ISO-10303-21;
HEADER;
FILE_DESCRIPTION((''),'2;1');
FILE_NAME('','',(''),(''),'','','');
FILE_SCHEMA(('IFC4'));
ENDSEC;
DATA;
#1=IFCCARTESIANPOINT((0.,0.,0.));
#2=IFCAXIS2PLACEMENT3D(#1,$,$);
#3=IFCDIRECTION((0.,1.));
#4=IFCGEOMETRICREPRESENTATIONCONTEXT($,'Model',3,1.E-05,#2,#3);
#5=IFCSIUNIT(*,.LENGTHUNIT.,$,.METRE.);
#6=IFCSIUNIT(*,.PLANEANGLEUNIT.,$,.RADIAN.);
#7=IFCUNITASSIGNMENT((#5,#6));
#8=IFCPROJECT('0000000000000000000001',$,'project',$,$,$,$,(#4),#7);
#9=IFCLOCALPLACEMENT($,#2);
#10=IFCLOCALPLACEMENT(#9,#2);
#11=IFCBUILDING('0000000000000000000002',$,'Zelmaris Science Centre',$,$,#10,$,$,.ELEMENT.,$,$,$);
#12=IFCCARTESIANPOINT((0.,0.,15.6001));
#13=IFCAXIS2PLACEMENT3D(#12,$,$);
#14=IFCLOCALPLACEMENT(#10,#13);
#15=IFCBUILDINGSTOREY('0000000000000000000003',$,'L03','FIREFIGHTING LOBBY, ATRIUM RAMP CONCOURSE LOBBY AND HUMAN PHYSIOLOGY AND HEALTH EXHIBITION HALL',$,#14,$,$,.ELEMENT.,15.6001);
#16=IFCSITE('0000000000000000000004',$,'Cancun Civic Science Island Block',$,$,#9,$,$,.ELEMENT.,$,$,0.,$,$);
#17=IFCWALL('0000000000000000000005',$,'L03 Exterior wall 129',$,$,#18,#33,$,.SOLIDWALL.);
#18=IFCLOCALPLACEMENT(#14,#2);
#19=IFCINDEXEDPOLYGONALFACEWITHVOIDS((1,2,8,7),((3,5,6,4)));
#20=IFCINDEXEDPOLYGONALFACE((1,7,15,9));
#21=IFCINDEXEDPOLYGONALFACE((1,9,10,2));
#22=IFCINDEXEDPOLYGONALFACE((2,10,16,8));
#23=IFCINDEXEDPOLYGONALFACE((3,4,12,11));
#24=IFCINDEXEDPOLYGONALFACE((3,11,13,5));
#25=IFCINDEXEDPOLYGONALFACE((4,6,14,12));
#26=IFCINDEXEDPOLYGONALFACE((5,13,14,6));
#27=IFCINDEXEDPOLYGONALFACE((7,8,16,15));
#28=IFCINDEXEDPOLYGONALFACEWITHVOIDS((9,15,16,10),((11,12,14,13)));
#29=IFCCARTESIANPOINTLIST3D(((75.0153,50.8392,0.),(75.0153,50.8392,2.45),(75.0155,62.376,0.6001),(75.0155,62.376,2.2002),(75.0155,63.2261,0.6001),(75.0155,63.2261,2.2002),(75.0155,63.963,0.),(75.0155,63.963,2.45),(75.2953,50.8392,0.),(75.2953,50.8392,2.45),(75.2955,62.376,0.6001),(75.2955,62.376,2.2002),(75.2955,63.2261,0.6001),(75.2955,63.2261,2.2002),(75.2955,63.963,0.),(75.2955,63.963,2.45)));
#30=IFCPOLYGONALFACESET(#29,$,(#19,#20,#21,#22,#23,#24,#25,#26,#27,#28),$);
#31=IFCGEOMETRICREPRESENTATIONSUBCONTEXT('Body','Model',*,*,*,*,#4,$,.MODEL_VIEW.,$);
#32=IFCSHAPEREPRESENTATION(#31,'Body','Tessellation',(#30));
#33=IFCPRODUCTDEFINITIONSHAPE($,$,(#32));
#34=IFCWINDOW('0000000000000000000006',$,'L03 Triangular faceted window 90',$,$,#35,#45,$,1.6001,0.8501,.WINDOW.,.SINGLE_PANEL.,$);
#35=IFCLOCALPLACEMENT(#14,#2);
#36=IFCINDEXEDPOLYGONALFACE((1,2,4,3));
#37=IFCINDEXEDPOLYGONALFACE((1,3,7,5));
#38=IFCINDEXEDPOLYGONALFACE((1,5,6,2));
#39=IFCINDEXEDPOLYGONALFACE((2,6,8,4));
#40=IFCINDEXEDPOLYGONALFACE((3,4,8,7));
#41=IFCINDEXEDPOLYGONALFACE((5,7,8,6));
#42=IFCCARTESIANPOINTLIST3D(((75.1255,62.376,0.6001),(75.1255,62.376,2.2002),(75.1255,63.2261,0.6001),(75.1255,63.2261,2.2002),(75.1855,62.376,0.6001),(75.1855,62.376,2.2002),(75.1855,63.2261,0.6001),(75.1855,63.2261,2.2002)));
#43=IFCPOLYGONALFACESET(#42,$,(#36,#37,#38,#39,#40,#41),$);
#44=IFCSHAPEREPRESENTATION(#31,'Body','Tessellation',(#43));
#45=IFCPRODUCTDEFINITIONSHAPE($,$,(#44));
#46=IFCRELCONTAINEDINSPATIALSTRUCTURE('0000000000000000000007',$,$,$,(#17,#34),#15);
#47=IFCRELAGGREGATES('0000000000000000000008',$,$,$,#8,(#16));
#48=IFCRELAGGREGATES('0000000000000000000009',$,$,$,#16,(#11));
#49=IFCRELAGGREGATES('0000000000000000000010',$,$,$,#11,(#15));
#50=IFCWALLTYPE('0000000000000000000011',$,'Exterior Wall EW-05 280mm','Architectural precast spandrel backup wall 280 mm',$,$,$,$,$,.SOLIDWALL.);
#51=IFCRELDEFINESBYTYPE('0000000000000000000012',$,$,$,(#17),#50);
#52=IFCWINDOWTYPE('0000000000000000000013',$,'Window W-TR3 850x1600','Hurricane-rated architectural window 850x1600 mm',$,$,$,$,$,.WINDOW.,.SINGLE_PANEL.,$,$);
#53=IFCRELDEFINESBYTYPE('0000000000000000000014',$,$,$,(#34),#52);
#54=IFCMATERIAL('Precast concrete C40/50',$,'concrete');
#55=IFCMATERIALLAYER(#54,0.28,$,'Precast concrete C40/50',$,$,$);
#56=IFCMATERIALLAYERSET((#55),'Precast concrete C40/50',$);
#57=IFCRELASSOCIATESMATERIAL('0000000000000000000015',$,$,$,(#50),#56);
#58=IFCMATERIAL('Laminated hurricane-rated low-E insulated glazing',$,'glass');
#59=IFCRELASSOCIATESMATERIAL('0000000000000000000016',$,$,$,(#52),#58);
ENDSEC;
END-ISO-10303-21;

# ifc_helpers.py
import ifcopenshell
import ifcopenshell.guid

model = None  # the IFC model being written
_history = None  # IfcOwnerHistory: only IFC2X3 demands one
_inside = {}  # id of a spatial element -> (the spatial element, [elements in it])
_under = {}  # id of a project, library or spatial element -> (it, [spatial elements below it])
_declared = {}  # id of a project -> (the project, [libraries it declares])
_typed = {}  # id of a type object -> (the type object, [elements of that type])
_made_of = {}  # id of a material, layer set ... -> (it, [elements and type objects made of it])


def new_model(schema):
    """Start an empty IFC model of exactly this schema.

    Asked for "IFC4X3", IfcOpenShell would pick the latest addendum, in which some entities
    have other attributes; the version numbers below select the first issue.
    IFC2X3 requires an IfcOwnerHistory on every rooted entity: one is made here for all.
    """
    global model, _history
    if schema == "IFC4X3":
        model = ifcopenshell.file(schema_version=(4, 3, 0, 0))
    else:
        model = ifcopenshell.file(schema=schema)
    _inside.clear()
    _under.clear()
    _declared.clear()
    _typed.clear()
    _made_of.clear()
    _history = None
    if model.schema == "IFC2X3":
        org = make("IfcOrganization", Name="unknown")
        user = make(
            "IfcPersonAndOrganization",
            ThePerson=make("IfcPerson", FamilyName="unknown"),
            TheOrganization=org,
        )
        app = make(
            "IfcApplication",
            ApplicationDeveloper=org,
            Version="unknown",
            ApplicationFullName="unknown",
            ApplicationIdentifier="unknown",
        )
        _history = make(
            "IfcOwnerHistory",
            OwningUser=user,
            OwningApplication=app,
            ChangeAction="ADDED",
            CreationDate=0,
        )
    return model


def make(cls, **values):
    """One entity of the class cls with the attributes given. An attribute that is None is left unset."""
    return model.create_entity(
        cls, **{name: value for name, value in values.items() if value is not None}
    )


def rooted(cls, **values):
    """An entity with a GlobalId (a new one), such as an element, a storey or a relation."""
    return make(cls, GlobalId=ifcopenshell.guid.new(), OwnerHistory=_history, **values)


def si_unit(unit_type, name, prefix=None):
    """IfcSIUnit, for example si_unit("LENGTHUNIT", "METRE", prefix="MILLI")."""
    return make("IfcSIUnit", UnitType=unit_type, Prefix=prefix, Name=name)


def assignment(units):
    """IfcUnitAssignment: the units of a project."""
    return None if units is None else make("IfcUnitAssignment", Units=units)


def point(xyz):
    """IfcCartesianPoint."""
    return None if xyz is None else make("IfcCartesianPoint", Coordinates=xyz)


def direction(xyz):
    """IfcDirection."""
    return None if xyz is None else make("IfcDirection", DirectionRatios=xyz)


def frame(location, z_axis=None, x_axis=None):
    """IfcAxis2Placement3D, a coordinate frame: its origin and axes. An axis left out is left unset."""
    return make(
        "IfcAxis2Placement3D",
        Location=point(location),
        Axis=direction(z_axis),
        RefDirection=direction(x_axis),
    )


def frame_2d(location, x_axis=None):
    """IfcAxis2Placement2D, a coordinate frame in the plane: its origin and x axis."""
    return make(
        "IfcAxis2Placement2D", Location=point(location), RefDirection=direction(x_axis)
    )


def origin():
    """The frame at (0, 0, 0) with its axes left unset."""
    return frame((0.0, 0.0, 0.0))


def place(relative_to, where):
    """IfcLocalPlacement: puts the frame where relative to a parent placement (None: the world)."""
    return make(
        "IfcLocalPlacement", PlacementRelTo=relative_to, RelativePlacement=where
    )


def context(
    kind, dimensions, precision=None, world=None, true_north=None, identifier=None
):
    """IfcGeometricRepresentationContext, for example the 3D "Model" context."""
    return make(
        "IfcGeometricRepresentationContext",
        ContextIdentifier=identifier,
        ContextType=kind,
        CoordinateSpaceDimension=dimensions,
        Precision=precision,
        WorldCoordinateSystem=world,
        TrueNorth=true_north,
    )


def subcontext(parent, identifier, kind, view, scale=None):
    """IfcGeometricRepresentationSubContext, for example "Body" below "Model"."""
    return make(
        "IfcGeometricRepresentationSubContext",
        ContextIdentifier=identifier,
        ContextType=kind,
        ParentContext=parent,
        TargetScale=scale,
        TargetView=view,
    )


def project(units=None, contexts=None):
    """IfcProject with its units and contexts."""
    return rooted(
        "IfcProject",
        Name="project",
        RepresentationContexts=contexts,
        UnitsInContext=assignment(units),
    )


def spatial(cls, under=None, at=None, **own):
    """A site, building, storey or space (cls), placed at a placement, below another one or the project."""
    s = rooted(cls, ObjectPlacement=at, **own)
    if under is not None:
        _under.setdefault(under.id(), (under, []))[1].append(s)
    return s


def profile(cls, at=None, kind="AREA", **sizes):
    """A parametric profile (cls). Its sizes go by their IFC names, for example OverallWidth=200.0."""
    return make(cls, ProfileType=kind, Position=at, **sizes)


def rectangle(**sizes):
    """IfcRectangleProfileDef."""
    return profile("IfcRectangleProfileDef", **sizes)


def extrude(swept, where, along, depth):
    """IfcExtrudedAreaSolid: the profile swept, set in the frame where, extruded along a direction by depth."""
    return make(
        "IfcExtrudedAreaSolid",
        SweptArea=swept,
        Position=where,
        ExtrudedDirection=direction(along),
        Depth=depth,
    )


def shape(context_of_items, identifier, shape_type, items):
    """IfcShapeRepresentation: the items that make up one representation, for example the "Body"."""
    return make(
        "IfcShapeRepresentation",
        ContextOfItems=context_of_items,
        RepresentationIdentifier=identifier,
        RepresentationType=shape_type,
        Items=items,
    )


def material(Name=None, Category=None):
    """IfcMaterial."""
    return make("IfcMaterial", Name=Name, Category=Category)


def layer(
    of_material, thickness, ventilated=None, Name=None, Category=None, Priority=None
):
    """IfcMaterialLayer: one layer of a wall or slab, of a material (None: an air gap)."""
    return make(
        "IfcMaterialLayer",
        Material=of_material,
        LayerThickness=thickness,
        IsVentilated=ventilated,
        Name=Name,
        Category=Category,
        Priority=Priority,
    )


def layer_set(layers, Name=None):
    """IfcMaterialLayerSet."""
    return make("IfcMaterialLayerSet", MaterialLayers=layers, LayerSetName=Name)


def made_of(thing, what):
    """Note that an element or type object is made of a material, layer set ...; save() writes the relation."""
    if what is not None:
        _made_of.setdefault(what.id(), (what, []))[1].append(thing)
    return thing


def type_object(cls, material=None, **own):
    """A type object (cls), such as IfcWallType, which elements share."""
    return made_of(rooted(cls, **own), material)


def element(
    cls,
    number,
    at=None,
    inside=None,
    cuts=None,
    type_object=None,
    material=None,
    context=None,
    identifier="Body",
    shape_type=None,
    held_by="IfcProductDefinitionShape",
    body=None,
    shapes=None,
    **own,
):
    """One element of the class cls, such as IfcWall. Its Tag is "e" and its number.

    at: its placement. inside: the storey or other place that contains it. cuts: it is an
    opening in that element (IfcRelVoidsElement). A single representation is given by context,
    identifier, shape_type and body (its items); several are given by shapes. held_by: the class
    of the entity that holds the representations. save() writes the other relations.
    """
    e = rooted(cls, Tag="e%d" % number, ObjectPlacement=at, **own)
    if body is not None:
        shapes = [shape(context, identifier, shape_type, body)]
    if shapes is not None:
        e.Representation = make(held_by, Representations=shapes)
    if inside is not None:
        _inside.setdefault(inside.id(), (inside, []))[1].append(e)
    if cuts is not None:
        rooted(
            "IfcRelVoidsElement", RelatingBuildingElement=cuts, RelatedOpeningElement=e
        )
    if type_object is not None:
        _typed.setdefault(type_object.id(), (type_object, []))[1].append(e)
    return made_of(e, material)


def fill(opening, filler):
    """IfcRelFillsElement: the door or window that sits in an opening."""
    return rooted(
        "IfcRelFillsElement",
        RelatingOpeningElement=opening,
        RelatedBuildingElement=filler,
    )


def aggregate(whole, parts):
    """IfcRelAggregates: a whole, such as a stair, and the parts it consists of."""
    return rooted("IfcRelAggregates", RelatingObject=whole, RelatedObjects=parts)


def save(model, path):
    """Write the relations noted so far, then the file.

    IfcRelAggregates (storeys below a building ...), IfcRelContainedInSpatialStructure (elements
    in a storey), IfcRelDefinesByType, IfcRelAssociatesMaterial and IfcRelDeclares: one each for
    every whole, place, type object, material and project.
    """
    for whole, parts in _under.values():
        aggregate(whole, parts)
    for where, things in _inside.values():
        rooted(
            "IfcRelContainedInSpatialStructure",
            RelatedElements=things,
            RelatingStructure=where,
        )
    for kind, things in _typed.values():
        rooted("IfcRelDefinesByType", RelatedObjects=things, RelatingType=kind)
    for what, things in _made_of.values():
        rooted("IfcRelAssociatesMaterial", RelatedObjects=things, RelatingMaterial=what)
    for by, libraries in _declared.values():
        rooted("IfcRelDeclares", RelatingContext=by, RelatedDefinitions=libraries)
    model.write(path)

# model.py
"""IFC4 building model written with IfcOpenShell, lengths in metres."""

from ifc_helpers import new_model, si_unit, direction, frame, frame_2d, origin, place, context, subcontext, project, spatial, rectangle, extrude, material, layer, layer_set, type_object, element, fill, save


model = new_model("IFC4")

# Units and contexts
model_context = context("Model", 3, precision=1e-05, world=origin(), true_north=direction((0.0, 1.0)))
body_context = subcontext(model_context, "Body", "Model", "MODEL_VIEW")
ifc_project = project(units=[si_unit("LENGTHUNIT", "METRE"), si_unit("PLANEANGLEUNIT", "RADIAN")], contexts=[model_context])

# Site, building, storey
site_placement = place(None, origin())
site = spatial("IfcSite", under=ifc_project, at=site_placement, Name="Cancun Civic Science Island Block", CompositionType="ELEMENT", RefElevation=0.0)
building_placement = place(site_placement, origin())
building = spatial("IfcBuilding", under=site, at=building_placement, Name="Zelmaris Science Centre", CompositionType="ELEMENT")
storey_placement = place(building_placement, frame((0.0, 0.0, 15.6001)))
storey = spatial("IfcBuildingStorey", under=building, at=storey_placement, Name="L03", Description="FIREFIGHTING LOBBY, ATRIUM RAMP CONCOURSE LOBBY AND HUMAN PHYSIOLOGY AND HEALTH EXHIBITION HALL", CompositionType="ELEMENT", Elevation=15.6001)

# Shared definitions
ifc_material_1 = material(Name="Laminated hurricane-rated low-E insulated glazing", Category="glass")

# Shared definitions
ifc_material_2 = material(Name="Precast concrete C40/50", Category="concrete")

# Wall, opening, window
ifc_layer_1 = layer(ifc_material_2, 0.28, Name="Precast concrete C40/50")
ifc_layer_set_1 = layer_set([ifc_layer_1], Name="Precast concrete C40/50")
wall_type = type_object("IfcWallType", Name="Exterior Wall EW-05 280mm", Description="Architectural precast spandrel backup wall 280 mm", PredefinedType="SOLIDWALL", material=ifc_layer_set_1)
wall_placement = place(storey_placement, frame((75.1553, 50.8391, 0.0), z_axis=(0.0, 0.0, 1.0), x_axis=(0.000019, 1.0, 0.0)))
wall = element("IfcWall", 1, at=wall_placement, inside=storey, type_object=wall_type, Name="L03 Exterior wall 129", PredefinedType="SOLIDWALL", context=body_context, shape_type="SweptSolid", body=[
    extrude(rectangle(XDim=13.1238, YDim=0.28, at=frame_2d((6.562, 0.0))), origin(), (0.0, 0.0, 1.0), 2.45),
])
opening_placement = place(wall_placement, frame((11.5369, 0.0, 0.6001)))
opening = element("IfcOpeningElement", 2, at=opening_placement, cuts=wall, PredefinedType="OPENING", context=body_context, shape_type="SweptSolid", body=[
    extrude(rectangle(XDim=0.8501, YDim=1.6001, at=frame_2d((0.425, 0.8))), frame((0.0, 0.1499, 0.0), z_axis=(0.0, -1.0, 0.0), x_axis=(1.0, 0.0, 0.0)), (0.0, 0.0, 1.0), 0.3),
])
window_type = type_object("IfcWindowType", Name="Window W-TR3 850x1600", Description="Hurricane-rated architectural window 850x1600 mm", PartitioningType="SINGLE_PANEL", PredefinedType="WINDOW", material=ifc_material_1)
window_placement = place(opening_placement, origin())
window = element("IfcWindow", 3, at=window_placement, inside=storey, type_object=window_type, Name="L03 Triangular faceted window 90", OverallHeight=1.6001, OverallWidth=0.8501, PartitioningType="SINGLE_PANEL", PredefinedType="WINDOW", context=body_context, shape_type="SweptSolid", body=[
    extrude(rectangle(XDim=0.8501, YDim=1.6001, at=frame_2d((0.425, 0.8))), frame((0.0, 0.03, 0.0), z_axis=(0.0, -1.0, 0.0), x_axis=(1.0, 0.0, 0.0)), (0.0, 0.0, 1.0), 0.0601),
])
fill(opening, window)

save(model, "model.ifc")
